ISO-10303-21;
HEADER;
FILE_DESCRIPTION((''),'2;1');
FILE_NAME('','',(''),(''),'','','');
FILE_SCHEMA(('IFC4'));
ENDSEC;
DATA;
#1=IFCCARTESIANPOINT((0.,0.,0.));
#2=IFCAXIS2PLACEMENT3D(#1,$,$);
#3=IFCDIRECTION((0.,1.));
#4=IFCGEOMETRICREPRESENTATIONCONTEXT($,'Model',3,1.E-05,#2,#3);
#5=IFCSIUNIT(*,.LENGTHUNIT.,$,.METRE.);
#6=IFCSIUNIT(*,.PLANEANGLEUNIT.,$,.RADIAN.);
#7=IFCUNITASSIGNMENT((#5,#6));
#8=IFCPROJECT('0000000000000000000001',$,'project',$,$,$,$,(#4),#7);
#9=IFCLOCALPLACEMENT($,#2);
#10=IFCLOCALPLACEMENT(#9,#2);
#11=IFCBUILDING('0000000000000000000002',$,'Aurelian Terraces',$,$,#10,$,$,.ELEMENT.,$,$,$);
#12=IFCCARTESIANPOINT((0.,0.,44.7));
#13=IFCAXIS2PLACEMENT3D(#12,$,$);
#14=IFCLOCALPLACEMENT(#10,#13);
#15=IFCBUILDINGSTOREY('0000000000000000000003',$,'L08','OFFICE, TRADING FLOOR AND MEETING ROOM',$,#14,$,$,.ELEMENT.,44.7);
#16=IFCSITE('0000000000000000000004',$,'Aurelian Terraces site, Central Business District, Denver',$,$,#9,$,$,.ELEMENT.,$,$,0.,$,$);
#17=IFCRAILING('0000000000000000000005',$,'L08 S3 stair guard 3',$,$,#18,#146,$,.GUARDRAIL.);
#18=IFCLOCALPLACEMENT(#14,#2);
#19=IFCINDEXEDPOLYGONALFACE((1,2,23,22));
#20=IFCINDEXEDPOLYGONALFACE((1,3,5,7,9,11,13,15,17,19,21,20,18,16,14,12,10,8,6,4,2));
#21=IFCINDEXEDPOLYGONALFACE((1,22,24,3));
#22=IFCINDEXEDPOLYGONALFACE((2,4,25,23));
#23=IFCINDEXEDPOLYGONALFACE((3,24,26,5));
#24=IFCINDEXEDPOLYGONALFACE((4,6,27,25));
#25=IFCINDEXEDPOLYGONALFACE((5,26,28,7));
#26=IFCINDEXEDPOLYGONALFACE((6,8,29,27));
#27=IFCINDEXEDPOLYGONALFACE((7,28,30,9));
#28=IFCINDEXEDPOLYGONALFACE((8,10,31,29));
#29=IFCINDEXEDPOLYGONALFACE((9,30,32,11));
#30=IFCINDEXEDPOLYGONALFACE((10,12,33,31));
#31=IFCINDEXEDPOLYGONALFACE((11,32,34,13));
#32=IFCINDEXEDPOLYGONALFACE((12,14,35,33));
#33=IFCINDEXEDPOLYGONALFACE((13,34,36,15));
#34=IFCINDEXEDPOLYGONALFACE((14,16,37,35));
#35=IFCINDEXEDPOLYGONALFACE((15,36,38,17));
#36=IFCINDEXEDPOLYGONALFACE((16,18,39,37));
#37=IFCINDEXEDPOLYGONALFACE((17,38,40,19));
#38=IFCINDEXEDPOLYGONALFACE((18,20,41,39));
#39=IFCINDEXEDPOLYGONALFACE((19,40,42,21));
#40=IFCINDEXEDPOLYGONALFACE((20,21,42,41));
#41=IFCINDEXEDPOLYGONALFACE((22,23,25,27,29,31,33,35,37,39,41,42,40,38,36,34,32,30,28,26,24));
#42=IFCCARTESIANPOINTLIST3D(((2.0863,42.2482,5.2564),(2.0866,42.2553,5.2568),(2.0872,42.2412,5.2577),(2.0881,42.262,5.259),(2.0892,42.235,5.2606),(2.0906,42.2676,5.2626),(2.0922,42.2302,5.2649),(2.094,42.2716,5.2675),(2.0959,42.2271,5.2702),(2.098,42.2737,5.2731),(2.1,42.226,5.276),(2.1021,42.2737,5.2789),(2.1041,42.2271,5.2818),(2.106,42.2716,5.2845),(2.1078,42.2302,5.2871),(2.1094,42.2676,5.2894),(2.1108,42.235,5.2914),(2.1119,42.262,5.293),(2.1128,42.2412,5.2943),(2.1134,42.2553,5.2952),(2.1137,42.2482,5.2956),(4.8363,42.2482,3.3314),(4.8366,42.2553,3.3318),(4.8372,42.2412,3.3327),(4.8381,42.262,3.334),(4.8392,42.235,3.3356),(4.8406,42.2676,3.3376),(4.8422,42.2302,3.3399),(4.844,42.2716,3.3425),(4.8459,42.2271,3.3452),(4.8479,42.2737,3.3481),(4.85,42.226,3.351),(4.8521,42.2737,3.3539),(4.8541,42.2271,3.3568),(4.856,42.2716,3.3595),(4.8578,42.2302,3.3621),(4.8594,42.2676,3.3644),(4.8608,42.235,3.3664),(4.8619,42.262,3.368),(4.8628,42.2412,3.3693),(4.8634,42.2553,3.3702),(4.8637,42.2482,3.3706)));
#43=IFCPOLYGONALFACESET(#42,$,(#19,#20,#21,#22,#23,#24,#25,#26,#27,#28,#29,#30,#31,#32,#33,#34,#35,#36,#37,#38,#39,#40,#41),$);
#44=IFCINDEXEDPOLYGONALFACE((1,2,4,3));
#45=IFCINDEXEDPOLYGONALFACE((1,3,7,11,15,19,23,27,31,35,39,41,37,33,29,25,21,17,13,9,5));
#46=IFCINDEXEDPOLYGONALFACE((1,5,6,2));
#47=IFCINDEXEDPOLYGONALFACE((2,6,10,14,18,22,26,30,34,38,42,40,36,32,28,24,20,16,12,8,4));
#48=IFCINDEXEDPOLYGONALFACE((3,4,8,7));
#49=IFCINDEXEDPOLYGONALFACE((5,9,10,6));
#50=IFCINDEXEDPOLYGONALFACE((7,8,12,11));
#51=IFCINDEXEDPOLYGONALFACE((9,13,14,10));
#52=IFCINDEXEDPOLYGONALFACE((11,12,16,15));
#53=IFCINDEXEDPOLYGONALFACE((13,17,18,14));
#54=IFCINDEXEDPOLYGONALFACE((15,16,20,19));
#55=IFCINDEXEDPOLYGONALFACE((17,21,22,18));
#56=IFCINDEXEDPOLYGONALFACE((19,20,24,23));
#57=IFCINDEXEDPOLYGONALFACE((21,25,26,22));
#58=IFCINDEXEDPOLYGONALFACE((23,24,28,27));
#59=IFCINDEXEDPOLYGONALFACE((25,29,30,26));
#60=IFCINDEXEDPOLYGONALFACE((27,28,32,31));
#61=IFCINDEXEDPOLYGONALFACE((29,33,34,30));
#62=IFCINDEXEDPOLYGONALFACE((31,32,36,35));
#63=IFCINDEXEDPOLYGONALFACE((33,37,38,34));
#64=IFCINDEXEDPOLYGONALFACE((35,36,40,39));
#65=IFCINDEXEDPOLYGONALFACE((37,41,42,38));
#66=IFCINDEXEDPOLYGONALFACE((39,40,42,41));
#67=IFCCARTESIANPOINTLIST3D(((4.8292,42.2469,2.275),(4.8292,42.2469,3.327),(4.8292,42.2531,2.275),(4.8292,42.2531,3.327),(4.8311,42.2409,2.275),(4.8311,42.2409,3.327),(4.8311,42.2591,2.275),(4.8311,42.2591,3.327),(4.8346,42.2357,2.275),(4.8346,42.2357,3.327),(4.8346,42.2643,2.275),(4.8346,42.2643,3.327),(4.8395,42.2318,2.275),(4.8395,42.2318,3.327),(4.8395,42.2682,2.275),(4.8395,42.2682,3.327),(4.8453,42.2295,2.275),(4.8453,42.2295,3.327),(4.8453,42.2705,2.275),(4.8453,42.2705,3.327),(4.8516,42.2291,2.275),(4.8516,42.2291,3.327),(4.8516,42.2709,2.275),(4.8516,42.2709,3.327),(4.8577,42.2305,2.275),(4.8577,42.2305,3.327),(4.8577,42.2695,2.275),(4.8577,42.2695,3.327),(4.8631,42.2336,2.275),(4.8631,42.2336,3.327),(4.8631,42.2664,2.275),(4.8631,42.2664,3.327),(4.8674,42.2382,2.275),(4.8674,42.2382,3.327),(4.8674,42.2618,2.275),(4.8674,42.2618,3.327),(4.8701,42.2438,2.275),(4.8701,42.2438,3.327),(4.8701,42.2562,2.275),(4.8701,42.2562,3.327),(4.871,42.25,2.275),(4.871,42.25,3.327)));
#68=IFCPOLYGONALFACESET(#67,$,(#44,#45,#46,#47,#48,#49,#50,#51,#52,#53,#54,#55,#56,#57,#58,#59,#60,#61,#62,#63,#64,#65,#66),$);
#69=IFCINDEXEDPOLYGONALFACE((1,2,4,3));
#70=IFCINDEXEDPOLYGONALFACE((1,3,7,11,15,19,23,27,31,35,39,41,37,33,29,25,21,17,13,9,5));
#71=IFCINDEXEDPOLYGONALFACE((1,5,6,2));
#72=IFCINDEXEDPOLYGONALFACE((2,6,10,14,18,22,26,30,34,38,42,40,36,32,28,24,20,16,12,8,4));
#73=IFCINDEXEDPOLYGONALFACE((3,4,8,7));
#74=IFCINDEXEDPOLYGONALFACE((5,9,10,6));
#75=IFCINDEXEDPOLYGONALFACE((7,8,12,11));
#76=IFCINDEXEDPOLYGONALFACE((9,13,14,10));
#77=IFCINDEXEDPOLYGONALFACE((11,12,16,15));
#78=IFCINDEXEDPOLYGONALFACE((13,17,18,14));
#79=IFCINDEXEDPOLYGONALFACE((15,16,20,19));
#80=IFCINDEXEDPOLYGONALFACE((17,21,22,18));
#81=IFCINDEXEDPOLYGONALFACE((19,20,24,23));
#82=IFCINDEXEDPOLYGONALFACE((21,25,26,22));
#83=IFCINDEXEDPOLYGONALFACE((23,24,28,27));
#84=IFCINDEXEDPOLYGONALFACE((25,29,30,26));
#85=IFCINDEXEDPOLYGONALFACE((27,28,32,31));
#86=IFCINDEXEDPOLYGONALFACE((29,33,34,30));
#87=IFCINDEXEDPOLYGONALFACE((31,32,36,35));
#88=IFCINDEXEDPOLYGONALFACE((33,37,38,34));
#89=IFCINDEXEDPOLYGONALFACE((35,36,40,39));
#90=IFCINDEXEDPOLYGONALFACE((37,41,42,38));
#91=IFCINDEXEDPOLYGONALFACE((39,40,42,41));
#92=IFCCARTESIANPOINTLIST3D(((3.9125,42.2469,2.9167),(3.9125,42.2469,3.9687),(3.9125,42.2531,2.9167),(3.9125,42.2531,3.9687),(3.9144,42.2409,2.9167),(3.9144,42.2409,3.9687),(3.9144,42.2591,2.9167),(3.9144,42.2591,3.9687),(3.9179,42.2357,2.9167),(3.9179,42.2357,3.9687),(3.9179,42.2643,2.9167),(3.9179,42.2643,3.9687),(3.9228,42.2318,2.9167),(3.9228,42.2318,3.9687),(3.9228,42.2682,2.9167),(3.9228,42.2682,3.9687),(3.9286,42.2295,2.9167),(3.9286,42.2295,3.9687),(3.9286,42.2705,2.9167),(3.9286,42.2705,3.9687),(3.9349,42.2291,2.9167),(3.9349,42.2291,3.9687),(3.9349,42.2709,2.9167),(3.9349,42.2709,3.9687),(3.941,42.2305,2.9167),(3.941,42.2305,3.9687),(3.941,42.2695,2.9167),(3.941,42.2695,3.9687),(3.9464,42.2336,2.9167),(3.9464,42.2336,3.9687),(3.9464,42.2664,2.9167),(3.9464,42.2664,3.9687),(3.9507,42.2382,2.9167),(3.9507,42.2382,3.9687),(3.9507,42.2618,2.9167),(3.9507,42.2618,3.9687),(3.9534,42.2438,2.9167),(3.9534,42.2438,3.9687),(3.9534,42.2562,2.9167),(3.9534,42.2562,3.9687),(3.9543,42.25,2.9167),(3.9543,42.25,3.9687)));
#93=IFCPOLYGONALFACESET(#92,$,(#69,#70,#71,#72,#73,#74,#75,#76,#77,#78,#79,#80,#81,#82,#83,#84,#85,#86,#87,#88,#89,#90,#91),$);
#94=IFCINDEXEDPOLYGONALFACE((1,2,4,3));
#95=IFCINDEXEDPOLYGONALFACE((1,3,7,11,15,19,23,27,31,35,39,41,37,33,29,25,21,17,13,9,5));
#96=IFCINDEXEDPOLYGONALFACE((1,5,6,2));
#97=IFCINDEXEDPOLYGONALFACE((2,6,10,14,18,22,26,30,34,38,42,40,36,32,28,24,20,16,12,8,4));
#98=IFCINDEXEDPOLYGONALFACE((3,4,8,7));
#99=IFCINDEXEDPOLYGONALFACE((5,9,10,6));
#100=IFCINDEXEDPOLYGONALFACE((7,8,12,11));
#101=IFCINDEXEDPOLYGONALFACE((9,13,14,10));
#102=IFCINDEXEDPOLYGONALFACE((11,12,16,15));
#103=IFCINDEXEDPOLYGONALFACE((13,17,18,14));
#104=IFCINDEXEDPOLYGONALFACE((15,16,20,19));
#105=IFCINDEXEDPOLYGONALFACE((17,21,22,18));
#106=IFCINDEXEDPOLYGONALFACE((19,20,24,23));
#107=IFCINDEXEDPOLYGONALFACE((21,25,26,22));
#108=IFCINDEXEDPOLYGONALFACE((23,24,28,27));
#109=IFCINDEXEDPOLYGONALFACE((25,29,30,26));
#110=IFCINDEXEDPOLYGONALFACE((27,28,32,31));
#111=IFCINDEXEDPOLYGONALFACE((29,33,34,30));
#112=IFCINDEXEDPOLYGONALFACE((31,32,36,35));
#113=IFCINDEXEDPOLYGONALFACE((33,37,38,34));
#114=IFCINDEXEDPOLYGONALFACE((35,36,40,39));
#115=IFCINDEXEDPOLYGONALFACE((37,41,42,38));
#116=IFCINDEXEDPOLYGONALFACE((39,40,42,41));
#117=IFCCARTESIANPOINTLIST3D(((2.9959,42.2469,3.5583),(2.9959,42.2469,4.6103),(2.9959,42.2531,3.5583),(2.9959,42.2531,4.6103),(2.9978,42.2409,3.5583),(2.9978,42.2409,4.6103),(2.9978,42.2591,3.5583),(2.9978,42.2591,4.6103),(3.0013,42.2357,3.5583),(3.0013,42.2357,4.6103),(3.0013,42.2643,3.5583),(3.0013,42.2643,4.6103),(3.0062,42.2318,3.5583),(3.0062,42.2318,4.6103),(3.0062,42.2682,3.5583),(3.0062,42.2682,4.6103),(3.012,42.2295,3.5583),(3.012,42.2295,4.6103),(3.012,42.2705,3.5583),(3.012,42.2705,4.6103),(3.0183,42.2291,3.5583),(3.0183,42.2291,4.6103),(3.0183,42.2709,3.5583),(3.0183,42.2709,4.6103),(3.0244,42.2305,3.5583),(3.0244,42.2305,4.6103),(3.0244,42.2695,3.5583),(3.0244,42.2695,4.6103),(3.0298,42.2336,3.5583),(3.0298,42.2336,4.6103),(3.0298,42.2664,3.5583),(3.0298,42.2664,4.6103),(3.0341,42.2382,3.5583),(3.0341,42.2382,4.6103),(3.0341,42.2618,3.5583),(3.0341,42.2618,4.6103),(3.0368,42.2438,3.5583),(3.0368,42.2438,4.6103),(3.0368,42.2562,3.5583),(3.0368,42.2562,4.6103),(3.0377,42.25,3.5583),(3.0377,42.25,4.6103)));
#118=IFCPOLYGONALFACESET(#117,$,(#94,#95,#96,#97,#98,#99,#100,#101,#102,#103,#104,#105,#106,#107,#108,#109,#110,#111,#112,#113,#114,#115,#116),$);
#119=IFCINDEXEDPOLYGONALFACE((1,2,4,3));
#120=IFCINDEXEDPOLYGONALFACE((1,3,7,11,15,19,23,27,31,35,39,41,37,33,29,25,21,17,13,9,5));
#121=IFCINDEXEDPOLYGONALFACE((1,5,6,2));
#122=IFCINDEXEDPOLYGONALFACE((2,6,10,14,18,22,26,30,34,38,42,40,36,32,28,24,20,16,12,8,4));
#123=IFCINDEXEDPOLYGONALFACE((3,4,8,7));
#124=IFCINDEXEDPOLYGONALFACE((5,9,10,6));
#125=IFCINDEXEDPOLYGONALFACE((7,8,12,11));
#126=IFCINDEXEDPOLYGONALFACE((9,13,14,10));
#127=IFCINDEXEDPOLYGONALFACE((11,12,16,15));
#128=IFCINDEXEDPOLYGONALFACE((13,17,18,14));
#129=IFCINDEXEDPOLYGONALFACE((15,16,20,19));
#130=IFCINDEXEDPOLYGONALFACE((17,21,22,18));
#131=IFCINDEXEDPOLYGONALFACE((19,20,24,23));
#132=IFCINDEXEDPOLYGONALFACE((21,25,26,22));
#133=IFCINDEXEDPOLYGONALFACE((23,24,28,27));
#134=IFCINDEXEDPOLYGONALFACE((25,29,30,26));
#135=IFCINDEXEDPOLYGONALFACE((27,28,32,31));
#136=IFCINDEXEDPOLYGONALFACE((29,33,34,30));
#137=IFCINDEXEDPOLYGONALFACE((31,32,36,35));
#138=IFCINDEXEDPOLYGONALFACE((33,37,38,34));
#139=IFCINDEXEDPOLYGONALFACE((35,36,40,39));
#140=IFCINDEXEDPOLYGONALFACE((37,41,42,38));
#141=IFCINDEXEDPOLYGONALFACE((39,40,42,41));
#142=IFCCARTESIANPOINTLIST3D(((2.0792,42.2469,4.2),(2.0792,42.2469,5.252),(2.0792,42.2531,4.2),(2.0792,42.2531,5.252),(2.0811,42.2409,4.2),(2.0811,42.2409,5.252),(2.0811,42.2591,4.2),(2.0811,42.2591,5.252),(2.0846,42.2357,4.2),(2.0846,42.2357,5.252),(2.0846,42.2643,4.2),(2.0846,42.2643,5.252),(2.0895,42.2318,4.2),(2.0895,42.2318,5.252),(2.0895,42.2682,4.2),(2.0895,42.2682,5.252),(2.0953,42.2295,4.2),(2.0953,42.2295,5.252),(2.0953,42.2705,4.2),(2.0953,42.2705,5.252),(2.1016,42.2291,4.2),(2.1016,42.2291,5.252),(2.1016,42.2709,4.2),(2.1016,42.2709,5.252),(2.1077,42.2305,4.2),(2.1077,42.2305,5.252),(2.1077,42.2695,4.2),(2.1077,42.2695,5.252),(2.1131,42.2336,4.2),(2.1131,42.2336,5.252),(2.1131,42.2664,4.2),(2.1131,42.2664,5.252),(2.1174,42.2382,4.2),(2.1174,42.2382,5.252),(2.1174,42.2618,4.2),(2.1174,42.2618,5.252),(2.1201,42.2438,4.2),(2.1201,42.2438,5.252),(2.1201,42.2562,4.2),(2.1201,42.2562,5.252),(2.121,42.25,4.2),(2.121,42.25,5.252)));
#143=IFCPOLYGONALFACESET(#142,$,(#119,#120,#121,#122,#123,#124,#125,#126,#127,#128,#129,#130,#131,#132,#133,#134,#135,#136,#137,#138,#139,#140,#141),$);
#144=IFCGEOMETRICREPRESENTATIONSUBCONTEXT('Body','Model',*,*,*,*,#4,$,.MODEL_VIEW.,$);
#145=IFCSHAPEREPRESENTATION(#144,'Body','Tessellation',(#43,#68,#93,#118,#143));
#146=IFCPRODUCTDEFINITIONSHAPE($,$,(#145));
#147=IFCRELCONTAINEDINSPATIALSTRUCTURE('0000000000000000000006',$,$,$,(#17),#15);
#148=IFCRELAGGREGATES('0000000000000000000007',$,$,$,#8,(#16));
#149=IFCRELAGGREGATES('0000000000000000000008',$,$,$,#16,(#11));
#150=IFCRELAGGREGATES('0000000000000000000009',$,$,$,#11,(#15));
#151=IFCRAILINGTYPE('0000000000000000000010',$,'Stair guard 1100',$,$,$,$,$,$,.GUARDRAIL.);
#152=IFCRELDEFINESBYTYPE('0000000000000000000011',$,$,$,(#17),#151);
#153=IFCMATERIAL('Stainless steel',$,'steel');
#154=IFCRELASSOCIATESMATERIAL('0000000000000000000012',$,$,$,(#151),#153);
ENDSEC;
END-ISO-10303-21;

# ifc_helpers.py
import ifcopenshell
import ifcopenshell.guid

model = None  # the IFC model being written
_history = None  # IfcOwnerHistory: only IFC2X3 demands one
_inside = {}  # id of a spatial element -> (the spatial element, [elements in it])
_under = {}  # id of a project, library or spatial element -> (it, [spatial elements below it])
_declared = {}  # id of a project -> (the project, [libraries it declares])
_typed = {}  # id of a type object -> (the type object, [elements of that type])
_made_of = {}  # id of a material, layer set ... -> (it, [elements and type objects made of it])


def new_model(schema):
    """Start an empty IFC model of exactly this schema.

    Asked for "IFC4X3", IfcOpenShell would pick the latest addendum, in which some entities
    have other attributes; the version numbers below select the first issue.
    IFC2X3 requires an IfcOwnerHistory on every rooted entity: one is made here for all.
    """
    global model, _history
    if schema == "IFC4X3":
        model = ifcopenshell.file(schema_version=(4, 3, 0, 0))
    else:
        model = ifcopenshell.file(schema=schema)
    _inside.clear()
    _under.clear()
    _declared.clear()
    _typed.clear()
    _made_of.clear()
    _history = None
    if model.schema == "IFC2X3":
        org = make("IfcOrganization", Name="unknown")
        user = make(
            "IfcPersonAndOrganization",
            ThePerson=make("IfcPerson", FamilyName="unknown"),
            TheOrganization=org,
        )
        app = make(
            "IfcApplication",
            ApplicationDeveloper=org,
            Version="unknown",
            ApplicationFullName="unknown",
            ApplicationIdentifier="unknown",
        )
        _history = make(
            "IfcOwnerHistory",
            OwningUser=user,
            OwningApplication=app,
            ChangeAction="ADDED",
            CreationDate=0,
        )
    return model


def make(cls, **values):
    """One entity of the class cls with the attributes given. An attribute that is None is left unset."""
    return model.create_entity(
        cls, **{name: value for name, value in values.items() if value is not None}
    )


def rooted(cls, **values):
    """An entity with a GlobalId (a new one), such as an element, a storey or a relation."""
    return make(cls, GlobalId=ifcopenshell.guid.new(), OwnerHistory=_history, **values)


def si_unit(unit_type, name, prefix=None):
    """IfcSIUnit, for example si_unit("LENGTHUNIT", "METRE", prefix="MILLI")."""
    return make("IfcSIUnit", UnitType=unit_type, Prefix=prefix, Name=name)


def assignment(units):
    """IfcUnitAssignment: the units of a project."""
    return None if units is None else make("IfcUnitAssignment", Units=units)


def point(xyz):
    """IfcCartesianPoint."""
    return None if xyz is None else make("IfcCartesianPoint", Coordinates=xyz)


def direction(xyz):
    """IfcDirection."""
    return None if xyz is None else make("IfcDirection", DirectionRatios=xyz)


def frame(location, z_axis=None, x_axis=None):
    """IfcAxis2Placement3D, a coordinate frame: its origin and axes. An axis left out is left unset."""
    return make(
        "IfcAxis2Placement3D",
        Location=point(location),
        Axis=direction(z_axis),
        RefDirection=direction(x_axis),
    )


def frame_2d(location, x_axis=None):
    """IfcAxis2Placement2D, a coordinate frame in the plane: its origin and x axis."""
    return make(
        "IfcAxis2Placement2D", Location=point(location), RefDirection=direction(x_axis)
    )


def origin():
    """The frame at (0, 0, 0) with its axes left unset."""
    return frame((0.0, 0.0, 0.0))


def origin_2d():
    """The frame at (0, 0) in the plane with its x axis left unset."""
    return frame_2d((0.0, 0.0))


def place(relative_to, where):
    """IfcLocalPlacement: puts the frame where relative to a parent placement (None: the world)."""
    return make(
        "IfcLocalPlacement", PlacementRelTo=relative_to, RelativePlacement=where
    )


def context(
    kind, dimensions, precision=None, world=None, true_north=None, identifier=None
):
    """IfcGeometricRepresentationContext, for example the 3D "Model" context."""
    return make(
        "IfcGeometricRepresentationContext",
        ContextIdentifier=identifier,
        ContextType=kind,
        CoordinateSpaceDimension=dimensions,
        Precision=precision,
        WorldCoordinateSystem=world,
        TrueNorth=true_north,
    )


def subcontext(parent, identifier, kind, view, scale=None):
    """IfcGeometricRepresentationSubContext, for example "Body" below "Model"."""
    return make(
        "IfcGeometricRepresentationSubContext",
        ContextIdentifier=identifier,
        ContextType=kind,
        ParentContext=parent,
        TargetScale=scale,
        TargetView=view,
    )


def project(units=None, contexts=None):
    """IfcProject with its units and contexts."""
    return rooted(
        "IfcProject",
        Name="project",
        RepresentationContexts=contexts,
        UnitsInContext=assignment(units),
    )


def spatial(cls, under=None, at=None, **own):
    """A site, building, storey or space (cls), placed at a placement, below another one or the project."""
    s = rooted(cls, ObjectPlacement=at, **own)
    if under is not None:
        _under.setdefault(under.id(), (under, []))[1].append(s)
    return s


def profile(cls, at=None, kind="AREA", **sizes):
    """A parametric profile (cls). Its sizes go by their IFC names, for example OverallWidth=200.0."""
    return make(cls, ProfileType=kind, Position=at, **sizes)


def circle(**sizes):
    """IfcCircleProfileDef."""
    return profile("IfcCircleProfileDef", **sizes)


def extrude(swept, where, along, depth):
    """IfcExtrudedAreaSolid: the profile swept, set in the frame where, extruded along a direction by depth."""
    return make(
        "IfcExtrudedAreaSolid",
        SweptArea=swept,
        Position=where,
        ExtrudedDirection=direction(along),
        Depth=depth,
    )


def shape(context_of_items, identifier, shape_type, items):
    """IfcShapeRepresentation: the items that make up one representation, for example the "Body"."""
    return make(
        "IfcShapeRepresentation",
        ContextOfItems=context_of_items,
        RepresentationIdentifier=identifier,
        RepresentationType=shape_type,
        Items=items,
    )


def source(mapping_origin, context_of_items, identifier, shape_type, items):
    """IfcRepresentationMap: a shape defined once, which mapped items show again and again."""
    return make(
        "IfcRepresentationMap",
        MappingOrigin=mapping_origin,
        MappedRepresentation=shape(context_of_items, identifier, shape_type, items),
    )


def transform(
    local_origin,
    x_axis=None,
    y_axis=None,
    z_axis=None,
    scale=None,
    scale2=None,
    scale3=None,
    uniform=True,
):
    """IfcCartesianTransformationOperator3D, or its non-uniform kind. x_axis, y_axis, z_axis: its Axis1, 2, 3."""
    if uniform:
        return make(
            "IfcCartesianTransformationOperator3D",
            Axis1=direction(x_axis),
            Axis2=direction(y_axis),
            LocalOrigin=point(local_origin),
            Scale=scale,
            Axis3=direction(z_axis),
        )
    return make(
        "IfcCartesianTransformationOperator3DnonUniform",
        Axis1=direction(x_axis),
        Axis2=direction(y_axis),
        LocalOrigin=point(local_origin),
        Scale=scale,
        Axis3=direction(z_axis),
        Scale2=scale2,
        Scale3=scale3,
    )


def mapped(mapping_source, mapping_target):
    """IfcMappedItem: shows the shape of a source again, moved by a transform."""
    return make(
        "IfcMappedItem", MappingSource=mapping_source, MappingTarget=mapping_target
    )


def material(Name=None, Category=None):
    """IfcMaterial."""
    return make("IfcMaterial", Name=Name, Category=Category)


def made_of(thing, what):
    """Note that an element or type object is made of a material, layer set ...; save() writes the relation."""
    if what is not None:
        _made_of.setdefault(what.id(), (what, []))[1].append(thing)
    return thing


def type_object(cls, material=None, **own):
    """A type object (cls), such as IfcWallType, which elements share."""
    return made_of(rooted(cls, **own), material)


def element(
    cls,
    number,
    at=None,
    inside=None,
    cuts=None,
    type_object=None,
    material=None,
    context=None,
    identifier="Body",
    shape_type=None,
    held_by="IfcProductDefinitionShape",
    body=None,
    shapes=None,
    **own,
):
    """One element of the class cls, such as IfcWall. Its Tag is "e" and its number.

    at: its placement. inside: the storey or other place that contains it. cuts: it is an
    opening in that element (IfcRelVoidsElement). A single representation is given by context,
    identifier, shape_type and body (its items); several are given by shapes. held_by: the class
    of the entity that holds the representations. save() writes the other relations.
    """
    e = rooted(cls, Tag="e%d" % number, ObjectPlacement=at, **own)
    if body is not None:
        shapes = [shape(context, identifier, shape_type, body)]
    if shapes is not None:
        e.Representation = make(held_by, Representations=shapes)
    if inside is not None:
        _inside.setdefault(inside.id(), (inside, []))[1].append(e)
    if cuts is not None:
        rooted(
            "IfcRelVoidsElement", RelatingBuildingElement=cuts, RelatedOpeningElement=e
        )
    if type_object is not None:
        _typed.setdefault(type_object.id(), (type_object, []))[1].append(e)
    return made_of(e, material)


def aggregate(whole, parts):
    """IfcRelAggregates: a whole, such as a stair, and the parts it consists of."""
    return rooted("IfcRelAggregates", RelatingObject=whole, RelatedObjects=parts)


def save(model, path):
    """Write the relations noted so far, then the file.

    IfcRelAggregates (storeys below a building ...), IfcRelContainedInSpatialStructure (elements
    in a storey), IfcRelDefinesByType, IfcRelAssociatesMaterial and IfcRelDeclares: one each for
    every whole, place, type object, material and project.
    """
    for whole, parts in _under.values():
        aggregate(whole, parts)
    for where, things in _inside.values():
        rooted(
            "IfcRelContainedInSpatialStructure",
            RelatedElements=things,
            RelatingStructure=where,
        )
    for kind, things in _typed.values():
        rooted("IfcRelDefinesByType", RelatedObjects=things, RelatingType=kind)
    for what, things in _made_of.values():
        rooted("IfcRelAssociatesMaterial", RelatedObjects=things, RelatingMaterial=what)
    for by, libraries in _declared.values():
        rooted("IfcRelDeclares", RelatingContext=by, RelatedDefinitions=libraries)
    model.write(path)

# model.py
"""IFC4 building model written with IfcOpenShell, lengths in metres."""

from ifc_helpers import new_model, si_unit, direction, frame, origin, origin_2d, place, context, subcontext, project, spatial, circle, extrude, source, transform, mapped, material, type_object, element, save


model = new_model("IFC4")

# Units and contexts
model_context = context("Model", 3, precision=1e-05, world=origin(), true_north=direction((0.0, 1.0)))
body_context = subcontext(model_context, "Body", "Model", "MODEL_VIEW")
ifc_project = project(units=[si_unit("LENGTHUNIT", "METRE"), si_unit("PLANEANGLEUNIT", "RADIAN")], contexts=[model_context])

# Site, building, storey
site_placement = place(None, origin())
site = spatial("IfcSite", under=ifc_project, at=site_placement, Name="Aurelian Terraces site, Central Business District, Denver", CompositionType="ELEMENT", RefElevation=0.0)
building_placement = place(site_placement, origin())
building = spatial("IfcBuilding", under=site, at=building_placement, Name="Aurelian Terraces", CompositionType="ELEMENT")
storey_placement = place(building_placement, frame((0.0, 0.0, 44.7)))
storey = spatial("IfcBuildingStorey", under=building, at=storey_placement, Name="L08", Description="OFFICE, TRADING FLOOR AND MEETING ROOM", CompositionType="ELEMENT", Elevation=44.7)

# Railing
ifc_material_1 = material(Name="Stainless steel", Category="steel")
railing_type_1 = type_object("IfcRailingType", Name="Stair guard 1100", PredefinedType="GUARDRAIL", material=ifc_material_1)
shared_shape_1 = source(origin(), body_context, "Body", "SweptSolid", [
    extrude(circle(Radius=0.024, at=origin_2d()), frame((0.0, 0.0, 1.076), z_axis=(-0.819232, 0.0, 0.573462), x_axis=(0.0, -1.0, 0.0)), (0.0, 0.0, 1.0), 3.3568),
    extrude(circle(Radius=0.021, at=origin_2d()), origin(), (0.0, 0.0, 1.0), 1.052),
    extrude(circle(Radius=0.021, at=origin_2d()), frame((-0.9167, 0.0, 0.6417)), (0.0, 0.0, 1.0), 1.052),
    extrude(circle(Radius=0.021, at=origin_2d()), frame((-1.8333, 0.0, 1.2833)), (0.0, 0.0, 1.0), 1.052),
    extrude(circle(Radius=0.021, at=origin_2d()), frame((-2.75, 0.0, 1.925)), (0.0, 0.0, 1.0), 1.052),
])
railing_1_placement = place(storey_placement, frame((4.85, 42.25, 2.275)))
element("IfcRailing", 1, at=railing_1_placement, inside=storey, type_object=railing_type_1, Name="L08 S3 stair guard 3", PredefinedType="GUARDRAIL", context=body_context, shape_type="MappedRepresentation", body=[
    mapped(shared_shape_1, transform((0.0, 0.0, 0.0), scale=1.0)),
])

save(model, "model.ifc")
